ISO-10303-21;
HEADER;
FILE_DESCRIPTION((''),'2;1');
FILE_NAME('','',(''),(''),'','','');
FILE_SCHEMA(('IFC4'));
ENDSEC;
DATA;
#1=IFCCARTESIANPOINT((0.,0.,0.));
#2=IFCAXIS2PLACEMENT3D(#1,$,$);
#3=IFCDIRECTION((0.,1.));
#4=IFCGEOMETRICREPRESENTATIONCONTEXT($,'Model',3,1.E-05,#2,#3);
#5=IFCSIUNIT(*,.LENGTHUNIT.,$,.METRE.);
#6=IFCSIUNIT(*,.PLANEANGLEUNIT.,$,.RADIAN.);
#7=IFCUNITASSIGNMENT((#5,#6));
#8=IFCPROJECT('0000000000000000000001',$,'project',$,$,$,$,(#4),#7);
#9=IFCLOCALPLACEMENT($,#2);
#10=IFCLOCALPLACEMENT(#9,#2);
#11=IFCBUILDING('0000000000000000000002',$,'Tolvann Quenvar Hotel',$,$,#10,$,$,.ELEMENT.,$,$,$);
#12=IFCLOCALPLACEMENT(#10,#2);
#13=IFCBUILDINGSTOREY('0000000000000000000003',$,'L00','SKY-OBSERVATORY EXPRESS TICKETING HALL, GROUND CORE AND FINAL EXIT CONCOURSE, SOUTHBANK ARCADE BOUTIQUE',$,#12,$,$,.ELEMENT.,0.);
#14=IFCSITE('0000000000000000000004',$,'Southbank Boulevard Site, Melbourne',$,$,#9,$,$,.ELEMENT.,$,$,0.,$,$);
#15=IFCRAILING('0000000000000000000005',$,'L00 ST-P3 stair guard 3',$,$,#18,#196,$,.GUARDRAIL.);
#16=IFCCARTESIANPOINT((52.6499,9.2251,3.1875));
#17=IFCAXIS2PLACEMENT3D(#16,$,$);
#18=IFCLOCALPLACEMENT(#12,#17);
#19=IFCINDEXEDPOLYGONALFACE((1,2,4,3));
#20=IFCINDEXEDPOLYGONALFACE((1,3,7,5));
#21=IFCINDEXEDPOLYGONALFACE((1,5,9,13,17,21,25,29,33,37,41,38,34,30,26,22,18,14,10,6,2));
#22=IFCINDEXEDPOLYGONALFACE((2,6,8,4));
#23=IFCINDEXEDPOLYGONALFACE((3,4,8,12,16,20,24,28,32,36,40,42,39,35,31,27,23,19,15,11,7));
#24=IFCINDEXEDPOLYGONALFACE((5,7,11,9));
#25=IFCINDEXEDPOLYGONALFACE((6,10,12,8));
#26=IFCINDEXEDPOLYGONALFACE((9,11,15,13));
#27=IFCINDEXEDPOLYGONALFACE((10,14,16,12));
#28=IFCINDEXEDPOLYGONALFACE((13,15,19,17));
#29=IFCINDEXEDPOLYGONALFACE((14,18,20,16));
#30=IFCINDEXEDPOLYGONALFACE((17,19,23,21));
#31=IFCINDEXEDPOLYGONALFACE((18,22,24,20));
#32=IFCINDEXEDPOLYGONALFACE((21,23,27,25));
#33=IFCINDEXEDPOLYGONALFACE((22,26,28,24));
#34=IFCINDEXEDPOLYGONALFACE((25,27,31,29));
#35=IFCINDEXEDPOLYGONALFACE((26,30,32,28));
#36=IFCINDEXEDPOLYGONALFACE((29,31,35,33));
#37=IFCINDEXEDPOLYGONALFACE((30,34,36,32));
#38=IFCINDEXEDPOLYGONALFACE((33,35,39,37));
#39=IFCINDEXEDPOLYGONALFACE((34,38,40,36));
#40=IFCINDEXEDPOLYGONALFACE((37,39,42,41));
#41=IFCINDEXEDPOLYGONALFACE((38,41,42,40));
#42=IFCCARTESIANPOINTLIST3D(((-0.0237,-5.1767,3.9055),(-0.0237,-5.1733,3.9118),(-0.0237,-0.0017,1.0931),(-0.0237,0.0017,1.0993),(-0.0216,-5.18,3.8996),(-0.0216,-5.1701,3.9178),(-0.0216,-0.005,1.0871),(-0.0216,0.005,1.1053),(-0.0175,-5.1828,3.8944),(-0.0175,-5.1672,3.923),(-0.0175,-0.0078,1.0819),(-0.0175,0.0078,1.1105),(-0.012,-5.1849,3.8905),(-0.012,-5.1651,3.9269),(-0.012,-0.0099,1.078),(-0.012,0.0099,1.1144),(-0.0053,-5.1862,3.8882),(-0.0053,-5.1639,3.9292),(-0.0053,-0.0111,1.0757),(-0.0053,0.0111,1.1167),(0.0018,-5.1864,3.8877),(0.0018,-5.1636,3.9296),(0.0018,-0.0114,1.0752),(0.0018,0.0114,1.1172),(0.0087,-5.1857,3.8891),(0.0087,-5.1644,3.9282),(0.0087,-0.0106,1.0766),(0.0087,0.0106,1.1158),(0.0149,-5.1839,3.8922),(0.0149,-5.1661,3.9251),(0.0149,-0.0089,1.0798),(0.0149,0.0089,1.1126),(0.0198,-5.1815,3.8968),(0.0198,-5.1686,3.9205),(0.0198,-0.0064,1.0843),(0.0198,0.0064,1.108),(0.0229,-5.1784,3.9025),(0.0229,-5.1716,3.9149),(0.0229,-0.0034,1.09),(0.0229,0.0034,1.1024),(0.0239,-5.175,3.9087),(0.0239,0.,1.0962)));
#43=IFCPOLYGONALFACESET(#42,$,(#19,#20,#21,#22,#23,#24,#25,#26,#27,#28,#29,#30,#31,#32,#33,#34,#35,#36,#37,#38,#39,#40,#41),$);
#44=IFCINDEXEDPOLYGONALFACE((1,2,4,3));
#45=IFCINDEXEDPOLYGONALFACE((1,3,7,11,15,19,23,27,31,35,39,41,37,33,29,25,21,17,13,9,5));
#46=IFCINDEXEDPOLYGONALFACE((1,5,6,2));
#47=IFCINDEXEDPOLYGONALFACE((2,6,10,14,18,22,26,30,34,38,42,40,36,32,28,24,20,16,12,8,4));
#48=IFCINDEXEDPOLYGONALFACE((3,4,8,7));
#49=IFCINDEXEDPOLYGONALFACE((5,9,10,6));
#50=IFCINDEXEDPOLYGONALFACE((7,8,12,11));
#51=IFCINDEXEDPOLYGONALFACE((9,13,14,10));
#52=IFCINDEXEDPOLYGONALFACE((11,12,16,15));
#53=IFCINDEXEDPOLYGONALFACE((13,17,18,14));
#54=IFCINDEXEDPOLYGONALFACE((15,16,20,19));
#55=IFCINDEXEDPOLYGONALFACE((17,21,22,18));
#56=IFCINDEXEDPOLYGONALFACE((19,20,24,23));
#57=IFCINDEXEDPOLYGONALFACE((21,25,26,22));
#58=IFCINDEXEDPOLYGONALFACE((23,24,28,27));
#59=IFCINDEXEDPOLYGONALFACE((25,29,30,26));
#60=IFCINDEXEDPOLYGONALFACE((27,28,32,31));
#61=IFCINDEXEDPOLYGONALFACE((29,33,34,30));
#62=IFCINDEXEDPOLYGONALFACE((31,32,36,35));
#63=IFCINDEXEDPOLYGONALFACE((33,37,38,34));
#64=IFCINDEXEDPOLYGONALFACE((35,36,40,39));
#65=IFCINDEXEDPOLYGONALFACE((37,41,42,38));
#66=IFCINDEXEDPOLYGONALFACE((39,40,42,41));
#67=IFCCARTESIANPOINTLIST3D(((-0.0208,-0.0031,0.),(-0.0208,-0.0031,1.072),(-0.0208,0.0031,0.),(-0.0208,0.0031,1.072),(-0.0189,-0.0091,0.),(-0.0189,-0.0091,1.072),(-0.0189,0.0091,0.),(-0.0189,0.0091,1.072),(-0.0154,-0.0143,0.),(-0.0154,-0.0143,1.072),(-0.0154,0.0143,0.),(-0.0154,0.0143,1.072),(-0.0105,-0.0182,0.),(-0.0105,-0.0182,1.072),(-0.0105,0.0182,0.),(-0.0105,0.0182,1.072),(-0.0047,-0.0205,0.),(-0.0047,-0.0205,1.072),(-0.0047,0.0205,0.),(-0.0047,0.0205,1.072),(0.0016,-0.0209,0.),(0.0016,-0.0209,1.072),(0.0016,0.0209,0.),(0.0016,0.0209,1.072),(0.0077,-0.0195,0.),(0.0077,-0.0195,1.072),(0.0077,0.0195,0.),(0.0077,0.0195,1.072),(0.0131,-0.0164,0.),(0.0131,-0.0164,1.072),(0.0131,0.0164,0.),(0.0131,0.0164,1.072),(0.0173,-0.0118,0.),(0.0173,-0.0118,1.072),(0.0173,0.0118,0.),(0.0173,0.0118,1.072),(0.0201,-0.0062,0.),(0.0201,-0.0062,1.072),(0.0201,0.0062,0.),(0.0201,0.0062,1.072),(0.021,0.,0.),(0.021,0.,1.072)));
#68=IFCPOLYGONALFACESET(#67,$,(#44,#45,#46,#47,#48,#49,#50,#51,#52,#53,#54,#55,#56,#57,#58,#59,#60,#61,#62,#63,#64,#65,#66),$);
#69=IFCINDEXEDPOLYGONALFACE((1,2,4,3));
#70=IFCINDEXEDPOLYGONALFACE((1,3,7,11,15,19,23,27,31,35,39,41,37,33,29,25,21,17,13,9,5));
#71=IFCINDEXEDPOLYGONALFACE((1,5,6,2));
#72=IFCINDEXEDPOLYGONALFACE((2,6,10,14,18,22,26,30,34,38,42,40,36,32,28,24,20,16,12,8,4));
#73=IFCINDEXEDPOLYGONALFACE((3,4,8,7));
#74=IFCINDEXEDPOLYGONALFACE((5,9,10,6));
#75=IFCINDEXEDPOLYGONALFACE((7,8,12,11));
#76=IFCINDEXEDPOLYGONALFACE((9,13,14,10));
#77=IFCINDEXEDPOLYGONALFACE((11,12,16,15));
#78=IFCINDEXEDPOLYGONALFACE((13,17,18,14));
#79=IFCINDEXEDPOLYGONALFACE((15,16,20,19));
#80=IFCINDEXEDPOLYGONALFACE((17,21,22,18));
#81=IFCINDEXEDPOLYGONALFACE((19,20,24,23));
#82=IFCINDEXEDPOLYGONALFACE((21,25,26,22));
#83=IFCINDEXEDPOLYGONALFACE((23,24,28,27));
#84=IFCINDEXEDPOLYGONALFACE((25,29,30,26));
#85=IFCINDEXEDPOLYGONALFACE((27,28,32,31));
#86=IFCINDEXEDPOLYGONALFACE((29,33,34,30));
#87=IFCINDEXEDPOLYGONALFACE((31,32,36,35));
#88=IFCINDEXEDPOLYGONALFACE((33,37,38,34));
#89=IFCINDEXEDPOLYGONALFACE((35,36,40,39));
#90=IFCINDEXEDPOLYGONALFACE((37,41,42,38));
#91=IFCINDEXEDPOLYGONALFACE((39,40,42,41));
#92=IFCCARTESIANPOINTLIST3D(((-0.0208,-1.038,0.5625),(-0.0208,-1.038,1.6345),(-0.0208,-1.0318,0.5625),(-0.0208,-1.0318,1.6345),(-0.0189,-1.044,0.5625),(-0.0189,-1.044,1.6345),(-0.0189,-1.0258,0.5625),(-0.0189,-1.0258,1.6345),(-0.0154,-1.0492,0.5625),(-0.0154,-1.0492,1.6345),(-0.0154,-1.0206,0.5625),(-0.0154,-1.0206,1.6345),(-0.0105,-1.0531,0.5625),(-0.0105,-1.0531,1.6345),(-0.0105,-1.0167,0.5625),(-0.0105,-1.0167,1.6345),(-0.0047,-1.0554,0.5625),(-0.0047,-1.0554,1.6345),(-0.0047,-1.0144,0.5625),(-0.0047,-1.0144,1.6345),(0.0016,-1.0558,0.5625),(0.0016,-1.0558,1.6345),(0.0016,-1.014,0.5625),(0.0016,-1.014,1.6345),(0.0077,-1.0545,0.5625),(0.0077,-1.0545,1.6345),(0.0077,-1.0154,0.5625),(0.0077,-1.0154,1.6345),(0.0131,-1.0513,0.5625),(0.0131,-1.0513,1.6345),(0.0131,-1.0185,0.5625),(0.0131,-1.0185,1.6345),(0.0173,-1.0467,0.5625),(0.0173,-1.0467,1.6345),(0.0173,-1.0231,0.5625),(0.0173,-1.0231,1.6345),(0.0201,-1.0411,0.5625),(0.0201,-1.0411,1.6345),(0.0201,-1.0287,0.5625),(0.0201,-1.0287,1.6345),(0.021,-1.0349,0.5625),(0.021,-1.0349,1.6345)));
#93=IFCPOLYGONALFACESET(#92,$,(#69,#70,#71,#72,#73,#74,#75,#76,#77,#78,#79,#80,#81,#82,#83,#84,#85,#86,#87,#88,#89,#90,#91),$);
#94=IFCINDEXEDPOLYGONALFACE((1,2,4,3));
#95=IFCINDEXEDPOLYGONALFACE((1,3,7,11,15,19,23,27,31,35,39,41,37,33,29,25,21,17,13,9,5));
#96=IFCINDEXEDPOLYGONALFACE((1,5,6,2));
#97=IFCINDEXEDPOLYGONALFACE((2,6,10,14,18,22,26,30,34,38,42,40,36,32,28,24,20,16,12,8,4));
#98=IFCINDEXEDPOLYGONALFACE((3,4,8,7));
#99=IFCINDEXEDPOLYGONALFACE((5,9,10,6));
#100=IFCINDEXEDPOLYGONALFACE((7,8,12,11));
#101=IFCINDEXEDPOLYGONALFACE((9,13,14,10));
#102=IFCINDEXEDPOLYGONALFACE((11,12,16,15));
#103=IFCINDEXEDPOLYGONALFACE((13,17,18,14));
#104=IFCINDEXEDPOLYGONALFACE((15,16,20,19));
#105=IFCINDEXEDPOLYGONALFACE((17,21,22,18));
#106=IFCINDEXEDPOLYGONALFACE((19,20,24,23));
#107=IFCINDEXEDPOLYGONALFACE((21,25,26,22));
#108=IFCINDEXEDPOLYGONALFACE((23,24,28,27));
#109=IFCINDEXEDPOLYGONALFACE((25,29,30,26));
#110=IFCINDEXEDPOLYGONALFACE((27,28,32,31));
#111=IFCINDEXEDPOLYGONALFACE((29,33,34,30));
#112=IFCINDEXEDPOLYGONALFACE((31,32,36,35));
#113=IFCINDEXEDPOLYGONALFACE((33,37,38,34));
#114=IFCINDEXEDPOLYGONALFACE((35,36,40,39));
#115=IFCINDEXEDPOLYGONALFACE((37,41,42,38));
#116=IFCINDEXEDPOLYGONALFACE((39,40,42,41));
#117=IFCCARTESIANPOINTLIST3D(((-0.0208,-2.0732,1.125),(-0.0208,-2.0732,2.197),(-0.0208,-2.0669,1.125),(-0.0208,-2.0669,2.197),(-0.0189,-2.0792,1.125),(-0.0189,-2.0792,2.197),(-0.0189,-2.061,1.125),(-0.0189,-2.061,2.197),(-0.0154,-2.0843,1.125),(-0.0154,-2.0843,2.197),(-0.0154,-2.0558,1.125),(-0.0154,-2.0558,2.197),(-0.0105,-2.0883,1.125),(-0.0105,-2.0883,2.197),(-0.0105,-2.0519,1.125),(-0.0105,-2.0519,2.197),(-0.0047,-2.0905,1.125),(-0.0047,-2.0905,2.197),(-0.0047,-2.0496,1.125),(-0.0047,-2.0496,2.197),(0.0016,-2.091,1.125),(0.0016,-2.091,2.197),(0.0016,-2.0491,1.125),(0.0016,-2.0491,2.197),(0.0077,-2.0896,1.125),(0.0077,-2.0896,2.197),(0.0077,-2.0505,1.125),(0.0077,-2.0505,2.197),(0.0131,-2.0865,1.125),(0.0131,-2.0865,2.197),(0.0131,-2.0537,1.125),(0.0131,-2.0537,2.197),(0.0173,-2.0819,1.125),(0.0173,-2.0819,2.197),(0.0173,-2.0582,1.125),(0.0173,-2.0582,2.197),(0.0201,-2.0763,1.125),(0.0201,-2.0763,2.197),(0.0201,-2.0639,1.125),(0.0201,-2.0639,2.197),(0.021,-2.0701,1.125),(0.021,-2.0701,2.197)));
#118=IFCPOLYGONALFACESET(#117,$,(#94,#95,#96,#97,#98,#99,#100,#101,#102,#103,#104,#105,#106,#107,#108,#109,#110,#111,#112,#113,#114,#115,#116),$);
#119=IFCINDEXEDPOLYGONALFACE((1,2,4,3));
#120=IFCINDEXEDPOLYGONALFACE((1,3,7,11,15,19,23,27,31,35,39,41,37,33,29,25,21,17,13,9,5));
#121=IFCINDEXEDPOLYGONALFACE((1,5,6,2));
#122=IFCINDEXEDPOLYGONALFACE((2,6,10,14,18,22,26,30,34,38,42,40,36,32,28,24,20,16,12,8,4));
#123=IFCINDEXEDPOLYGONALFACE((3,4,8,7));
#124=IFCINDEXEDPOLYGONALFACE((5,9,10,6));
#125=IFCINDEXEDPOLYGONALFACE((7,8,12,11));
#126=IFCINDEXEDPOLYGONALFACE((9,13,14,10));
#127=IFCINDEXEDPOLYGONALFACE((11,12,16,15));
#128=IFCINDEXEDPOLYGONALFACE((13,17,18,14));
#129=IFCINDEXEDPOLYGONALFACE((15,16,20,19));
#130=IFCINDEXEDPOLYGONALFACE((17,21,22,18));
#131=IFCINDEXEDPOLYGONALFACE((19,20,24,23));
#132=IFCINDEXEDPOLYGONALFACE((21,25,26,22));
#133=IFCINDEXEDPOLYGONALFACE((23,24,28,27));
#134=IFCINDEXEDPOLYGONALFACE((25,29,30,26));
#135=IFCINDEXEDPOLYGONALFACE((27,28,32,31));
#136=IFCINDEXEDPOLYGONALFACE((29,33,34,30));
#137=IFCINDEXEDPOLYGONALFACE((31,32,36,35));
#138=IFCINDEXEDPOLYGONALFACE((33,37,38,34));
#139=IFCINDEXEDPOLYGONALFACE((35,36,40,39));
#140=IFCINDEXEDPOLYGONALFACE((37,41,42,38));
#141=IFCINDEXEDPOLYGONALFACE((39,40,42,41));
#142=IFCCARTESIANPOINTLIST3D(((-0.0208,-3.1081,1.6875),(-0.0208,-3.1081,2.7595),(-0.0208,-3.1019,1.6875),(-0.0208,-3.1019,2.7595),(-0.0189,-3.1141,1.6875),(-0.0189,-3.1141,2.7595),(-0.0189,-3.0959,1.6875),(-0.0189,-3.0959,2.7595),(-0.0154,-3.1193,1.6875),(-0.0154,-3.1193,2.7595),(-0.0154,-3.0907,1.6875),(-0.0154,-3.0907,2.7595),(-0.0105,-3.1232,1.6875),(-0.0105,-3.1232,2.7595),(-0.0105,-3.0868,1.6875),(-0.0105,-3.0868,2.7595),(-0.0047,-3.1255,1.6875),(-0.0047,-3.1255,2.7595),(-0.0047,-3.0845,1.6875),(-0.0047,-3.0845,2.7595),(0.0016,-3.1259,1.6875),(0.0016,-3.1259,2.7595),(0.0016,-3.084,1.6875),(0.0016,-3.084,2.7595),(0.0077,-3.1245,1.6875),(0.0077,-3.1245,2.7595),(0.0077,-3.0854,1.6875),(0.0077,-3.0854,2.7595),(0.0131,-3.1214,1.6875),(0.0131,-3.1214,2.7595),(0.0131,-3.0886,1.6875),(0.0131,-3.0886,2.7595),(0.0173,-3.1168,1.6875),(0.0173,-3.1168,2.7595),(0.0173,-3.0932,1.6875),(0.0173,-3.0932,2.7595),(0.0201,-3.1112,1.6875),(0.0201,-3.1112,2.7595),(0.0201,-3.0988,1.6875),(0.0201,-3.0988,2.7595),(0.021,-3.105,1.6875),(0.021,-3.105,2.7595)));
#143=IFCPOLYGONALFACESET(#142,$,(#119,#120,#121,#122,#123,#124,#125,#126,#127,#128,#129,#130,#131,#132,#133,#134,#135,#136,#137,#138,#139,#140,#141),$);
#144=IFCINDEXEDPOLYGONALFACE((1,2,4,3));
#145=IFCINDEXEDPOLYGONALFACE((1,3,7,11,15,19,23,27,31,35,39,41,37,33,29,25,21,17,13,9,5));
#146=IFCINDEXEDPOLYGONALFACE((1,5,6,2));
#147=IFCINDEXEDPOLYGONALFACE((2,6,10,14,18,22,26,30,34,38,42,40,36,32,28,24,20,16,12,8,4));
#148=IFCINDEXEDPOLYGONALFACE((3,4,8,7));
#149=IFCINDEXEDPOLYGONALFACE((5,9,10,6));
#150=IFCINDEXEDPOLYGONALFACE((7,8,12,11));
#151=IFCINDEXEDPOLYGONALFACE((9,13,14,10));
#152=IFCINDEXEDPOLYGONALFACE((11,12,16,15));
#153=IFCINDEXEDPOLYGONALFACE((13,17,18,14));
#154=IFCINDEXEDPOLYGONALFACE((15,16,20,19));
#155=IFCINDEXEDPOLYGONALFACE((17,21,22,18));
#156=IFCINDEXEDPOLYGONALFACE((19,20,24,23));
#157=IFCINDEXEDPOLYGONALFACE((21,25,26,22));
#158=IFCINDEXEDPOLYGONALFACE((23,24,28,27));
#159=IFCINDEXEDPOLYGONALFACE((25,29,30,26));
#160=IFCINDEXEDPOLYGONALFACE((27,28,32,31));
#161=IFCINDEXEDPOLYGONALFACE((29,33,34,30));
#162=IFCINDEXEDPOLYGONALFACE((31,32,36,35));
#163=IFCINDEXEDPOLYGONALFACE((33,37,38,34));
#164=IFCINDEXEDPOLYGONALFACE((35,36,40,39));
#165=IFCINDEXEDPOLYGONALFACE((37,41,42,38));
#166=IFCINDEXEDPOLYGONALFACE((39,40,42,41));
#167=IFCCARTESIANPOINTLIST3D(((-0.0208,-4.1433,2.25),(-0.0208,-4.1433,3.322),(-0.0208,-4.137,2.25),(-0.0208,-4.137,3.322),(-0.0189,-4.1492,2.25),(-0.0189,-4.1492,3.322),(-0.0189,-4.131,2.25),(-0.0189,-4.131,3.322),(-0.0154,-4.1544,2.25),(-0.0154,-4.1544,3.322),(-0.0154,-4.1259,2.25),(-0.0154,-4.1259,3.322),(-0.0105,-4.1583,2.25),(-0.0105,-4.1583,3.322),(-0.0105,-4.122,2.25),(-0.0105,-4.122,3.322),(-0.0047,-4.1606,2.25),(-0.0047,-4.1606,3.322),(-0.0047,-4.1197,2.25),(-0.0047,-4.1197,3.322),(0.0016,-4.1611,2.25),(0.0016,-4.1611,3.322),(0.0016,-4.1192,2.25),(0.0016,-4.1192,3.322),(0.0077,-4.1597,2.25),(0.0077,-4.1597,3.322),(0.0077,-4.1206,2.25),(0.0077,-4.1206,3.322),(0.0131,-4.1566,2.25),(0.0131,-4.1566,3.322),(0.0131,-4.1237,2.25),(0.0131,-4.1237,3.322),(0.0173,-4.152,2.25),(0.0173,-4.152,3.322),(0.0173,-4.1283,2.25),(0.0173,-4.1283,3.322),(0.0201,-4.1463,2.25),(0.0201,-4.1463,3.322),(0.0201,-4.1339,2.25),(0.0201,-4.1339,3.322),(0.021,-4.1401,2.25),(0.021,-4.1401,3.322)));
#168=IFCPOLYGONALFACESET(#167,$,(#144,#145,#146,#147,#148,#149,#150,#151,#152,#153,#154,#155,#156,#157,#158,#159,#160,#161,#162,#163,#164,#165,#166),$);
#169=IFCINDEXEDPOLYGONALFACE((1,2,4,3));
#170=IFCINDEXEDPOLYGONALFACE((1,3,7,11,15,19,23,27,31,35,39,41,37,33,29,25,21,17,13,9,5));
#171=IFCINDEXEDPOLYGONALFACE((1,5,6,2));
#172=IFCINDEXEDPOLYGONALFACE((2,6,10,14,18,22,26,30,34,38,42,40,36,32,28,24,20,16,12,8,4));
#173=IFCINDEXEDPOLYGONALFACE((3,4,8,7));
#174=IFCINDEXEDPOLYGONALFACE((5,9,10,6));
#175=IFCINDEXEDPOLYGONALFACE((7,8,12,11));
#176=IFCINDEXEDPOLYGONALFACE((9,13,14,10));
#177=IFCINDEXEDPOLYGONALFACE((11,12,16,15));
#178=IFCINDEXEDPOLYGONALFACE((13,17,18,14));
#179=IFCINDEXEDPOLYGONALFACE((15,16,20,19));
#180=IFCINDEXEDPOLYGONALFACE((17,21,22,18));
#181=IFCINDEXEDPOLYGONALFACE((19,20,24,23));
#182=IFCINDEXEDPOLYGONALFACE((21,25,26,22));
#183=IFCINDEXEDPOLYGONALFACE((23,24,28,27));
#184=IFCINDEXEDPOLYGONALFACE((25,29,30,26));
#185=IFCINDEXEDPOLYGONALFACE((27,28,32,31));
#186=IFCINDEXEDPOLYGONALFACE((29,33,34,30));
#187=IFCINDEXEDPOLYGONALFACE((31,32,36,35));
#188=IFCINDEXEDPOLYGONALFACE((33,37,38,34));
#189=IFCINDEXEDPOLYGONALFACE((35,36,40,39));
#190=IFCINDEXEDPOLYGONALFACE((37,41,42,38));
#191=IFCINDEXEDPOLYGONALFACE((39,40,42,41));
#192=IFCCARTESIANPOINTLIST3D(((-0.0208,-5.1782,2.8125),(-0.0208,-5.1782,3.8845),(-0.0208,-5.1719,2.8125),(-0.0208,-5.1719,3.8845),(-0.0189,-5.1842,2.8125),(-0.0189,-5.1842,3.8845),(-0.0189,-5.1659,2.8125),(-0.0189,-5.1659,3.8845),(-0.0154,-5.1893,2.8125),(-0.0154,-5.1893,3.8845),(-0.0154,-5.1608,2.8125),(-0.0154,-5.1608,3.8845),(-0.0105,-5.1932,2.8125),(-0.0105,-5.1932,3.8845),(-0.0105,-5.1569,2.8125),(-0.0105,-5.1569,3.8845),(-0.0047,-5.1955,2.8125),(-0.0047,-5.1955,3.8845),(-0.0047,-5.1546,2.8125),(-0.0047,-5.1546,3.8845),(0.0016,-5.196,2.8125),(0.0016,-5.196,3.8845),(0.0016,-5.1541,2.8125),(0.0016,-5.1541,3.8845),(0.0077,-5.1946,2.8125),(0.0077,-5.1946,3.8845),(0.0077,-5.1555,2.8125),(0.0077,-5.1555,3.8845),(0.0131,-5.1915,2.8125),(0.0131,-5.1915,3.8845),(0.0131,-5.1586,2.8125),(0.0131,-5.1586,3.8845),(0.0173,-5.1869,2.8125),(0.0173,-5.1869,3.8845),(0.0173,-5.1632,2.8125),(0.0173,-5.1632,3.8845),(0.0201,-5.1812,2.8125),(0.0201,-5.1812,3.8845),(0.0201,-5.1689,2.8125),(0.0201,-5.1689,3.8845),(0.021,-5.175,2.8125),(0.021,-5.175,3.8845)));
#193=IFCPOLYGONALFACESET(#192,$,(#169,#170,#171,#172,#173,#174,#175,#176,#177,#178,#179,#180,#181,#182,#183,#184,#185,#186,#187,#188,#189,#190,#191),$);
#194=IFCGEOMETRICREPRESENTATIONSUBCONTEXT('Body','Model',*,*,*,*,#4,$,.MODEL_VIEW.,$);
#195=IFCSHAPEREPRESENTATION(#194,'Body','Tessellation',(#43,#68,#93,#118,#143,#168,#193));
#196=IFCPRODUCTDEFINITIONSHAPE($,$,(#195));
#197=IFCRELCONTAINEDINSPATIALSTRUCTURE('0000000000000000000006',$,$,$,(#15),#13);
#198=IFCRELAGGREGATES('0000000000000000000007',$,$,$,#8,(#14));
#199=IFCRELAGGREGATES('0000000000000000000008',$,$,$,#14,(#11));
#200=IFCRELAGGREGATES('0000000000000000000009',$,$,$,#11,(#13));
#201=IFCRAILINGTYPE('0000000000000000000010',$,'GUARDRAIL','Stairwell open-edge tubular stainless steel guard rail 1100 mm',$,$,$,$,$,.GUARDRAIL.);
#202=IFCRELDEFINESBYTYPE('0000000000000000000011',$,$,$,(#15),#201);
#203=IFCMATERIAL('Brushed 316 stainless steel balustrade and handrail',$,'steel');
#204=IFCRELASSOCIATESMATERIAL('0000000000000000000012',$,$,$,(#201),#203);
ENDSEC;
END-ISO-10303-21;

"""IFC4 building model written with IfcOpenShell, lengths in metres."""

from ifc_helpers import new_model, si_unit, direction, frame, origin, origin_2d, place, context, subcontext, project, spatial, circle, extrude, material, type_object, element, save


model = new_model("IFC4")

# Units and contexts
model_context = context("Model", 3, precision=1e-05, world=origin(), true_north=direction((0.0, 1.0)))
body_context = subcontext(model_context, "Body", "Model", "MODEL_VIEW")
ifc_project = project(units=[si_unit("LENGTHUNIT", "METRE"), si_unit("PLANEANGLEUNIT", "RADIAN")], contexts=[model_context])

# Site, building, storey
site_placement = place(None, origin())
site = spatial("IfcSite", under=ifc_project, at=site_placement, Name="Southbank Boulevard Site, Melbourne", CompositionType="ELEMENT", RefElevation=0.0)
building_placement = place(site_placement, origin())
building = spatial("IfcBuilding", under=site, at=building_placement, Name="Tolvann Quenvar Hotel", CompositionType="ELEMENT")
storey_placement = place(building_placement, origin())
storey = spatial("IfcBuildingStorey", under=building, at=storey_placement, Name="L00", Description="SKY-OBSERVATORY EXPRESS TICKETING HALL, GROUND CORE AND FINAL EXIT CONCOURSE, SOUTHBANK ARCADE BOUTIQUE", CompositionType="ELEMENT", Elevation=0.0)

# Railing
ifc_material_1 = material(Name="Brushed 316 stainless steel balustrade and handrail", Category="steel")
railing_type_1 = type_object("IfcRailingType", Name="GUARDRAIL", Description="Stairwell open-edge tubular stainless steel guard rail 1100 mm", PredefinedType="GUARDRAIL", material=ifc_material_1)
railing_1_placement = place(storey_placement, frame((52.6499, 9.2251, 3.1875)))
element("IfcRailing", 1, at=railing_1_placement, inside=storey, type_object=railing_type_1, Name="L00 ST-P3 stair guard 3", PredefinedType="GUARDRAIL", context=body_context, shape_type="SweptSolid", body=[
    extrude(circle(Radius=0.0239, at=origin_2d()), frame((0.0, 0.0, 1.0962), z_axis=(0.0, -0.878626, 0.47751), x_axis=(1.0, 0.0, 0.0)), (0.0, 0.0, 1.0), 5.8899),
    extrude(circle(Radius=0.021, at=origin_2d()), origin(), (0.0, 0.0, 1.0), 1.072),
    extrude(circle(Radius=0.021, at=origin_2d()), frame((0.0, -1.0349, 0.5625)), (0.0, 0.0, 1.0), 1.072),
    extrude(circle(Radius=0.021, at=origin_2d()), frame((0.0, -2.0701, 1.125)), (0.0, 0.0, 1.0), 1.072),
    extrude(circle(Radius=0.021, at=origin_2d()), frame((0.0, -3.105, 1.6875)), (0.0, 0.0, 1.0), 1.072),
    extrude(circle(Radius=0.021, at=origin_2d()), frame((0.0, -4.1401, 2.25)), (0.0, 0.0, 1.0), 1.072),
    extrude(circle(Radius=0.021, at=origin_2d()), frame((0.0, -5.175, 2.8125)), (0.0, 0.0, 1.0), 1.072),
])

save(model, "model.ifc")
